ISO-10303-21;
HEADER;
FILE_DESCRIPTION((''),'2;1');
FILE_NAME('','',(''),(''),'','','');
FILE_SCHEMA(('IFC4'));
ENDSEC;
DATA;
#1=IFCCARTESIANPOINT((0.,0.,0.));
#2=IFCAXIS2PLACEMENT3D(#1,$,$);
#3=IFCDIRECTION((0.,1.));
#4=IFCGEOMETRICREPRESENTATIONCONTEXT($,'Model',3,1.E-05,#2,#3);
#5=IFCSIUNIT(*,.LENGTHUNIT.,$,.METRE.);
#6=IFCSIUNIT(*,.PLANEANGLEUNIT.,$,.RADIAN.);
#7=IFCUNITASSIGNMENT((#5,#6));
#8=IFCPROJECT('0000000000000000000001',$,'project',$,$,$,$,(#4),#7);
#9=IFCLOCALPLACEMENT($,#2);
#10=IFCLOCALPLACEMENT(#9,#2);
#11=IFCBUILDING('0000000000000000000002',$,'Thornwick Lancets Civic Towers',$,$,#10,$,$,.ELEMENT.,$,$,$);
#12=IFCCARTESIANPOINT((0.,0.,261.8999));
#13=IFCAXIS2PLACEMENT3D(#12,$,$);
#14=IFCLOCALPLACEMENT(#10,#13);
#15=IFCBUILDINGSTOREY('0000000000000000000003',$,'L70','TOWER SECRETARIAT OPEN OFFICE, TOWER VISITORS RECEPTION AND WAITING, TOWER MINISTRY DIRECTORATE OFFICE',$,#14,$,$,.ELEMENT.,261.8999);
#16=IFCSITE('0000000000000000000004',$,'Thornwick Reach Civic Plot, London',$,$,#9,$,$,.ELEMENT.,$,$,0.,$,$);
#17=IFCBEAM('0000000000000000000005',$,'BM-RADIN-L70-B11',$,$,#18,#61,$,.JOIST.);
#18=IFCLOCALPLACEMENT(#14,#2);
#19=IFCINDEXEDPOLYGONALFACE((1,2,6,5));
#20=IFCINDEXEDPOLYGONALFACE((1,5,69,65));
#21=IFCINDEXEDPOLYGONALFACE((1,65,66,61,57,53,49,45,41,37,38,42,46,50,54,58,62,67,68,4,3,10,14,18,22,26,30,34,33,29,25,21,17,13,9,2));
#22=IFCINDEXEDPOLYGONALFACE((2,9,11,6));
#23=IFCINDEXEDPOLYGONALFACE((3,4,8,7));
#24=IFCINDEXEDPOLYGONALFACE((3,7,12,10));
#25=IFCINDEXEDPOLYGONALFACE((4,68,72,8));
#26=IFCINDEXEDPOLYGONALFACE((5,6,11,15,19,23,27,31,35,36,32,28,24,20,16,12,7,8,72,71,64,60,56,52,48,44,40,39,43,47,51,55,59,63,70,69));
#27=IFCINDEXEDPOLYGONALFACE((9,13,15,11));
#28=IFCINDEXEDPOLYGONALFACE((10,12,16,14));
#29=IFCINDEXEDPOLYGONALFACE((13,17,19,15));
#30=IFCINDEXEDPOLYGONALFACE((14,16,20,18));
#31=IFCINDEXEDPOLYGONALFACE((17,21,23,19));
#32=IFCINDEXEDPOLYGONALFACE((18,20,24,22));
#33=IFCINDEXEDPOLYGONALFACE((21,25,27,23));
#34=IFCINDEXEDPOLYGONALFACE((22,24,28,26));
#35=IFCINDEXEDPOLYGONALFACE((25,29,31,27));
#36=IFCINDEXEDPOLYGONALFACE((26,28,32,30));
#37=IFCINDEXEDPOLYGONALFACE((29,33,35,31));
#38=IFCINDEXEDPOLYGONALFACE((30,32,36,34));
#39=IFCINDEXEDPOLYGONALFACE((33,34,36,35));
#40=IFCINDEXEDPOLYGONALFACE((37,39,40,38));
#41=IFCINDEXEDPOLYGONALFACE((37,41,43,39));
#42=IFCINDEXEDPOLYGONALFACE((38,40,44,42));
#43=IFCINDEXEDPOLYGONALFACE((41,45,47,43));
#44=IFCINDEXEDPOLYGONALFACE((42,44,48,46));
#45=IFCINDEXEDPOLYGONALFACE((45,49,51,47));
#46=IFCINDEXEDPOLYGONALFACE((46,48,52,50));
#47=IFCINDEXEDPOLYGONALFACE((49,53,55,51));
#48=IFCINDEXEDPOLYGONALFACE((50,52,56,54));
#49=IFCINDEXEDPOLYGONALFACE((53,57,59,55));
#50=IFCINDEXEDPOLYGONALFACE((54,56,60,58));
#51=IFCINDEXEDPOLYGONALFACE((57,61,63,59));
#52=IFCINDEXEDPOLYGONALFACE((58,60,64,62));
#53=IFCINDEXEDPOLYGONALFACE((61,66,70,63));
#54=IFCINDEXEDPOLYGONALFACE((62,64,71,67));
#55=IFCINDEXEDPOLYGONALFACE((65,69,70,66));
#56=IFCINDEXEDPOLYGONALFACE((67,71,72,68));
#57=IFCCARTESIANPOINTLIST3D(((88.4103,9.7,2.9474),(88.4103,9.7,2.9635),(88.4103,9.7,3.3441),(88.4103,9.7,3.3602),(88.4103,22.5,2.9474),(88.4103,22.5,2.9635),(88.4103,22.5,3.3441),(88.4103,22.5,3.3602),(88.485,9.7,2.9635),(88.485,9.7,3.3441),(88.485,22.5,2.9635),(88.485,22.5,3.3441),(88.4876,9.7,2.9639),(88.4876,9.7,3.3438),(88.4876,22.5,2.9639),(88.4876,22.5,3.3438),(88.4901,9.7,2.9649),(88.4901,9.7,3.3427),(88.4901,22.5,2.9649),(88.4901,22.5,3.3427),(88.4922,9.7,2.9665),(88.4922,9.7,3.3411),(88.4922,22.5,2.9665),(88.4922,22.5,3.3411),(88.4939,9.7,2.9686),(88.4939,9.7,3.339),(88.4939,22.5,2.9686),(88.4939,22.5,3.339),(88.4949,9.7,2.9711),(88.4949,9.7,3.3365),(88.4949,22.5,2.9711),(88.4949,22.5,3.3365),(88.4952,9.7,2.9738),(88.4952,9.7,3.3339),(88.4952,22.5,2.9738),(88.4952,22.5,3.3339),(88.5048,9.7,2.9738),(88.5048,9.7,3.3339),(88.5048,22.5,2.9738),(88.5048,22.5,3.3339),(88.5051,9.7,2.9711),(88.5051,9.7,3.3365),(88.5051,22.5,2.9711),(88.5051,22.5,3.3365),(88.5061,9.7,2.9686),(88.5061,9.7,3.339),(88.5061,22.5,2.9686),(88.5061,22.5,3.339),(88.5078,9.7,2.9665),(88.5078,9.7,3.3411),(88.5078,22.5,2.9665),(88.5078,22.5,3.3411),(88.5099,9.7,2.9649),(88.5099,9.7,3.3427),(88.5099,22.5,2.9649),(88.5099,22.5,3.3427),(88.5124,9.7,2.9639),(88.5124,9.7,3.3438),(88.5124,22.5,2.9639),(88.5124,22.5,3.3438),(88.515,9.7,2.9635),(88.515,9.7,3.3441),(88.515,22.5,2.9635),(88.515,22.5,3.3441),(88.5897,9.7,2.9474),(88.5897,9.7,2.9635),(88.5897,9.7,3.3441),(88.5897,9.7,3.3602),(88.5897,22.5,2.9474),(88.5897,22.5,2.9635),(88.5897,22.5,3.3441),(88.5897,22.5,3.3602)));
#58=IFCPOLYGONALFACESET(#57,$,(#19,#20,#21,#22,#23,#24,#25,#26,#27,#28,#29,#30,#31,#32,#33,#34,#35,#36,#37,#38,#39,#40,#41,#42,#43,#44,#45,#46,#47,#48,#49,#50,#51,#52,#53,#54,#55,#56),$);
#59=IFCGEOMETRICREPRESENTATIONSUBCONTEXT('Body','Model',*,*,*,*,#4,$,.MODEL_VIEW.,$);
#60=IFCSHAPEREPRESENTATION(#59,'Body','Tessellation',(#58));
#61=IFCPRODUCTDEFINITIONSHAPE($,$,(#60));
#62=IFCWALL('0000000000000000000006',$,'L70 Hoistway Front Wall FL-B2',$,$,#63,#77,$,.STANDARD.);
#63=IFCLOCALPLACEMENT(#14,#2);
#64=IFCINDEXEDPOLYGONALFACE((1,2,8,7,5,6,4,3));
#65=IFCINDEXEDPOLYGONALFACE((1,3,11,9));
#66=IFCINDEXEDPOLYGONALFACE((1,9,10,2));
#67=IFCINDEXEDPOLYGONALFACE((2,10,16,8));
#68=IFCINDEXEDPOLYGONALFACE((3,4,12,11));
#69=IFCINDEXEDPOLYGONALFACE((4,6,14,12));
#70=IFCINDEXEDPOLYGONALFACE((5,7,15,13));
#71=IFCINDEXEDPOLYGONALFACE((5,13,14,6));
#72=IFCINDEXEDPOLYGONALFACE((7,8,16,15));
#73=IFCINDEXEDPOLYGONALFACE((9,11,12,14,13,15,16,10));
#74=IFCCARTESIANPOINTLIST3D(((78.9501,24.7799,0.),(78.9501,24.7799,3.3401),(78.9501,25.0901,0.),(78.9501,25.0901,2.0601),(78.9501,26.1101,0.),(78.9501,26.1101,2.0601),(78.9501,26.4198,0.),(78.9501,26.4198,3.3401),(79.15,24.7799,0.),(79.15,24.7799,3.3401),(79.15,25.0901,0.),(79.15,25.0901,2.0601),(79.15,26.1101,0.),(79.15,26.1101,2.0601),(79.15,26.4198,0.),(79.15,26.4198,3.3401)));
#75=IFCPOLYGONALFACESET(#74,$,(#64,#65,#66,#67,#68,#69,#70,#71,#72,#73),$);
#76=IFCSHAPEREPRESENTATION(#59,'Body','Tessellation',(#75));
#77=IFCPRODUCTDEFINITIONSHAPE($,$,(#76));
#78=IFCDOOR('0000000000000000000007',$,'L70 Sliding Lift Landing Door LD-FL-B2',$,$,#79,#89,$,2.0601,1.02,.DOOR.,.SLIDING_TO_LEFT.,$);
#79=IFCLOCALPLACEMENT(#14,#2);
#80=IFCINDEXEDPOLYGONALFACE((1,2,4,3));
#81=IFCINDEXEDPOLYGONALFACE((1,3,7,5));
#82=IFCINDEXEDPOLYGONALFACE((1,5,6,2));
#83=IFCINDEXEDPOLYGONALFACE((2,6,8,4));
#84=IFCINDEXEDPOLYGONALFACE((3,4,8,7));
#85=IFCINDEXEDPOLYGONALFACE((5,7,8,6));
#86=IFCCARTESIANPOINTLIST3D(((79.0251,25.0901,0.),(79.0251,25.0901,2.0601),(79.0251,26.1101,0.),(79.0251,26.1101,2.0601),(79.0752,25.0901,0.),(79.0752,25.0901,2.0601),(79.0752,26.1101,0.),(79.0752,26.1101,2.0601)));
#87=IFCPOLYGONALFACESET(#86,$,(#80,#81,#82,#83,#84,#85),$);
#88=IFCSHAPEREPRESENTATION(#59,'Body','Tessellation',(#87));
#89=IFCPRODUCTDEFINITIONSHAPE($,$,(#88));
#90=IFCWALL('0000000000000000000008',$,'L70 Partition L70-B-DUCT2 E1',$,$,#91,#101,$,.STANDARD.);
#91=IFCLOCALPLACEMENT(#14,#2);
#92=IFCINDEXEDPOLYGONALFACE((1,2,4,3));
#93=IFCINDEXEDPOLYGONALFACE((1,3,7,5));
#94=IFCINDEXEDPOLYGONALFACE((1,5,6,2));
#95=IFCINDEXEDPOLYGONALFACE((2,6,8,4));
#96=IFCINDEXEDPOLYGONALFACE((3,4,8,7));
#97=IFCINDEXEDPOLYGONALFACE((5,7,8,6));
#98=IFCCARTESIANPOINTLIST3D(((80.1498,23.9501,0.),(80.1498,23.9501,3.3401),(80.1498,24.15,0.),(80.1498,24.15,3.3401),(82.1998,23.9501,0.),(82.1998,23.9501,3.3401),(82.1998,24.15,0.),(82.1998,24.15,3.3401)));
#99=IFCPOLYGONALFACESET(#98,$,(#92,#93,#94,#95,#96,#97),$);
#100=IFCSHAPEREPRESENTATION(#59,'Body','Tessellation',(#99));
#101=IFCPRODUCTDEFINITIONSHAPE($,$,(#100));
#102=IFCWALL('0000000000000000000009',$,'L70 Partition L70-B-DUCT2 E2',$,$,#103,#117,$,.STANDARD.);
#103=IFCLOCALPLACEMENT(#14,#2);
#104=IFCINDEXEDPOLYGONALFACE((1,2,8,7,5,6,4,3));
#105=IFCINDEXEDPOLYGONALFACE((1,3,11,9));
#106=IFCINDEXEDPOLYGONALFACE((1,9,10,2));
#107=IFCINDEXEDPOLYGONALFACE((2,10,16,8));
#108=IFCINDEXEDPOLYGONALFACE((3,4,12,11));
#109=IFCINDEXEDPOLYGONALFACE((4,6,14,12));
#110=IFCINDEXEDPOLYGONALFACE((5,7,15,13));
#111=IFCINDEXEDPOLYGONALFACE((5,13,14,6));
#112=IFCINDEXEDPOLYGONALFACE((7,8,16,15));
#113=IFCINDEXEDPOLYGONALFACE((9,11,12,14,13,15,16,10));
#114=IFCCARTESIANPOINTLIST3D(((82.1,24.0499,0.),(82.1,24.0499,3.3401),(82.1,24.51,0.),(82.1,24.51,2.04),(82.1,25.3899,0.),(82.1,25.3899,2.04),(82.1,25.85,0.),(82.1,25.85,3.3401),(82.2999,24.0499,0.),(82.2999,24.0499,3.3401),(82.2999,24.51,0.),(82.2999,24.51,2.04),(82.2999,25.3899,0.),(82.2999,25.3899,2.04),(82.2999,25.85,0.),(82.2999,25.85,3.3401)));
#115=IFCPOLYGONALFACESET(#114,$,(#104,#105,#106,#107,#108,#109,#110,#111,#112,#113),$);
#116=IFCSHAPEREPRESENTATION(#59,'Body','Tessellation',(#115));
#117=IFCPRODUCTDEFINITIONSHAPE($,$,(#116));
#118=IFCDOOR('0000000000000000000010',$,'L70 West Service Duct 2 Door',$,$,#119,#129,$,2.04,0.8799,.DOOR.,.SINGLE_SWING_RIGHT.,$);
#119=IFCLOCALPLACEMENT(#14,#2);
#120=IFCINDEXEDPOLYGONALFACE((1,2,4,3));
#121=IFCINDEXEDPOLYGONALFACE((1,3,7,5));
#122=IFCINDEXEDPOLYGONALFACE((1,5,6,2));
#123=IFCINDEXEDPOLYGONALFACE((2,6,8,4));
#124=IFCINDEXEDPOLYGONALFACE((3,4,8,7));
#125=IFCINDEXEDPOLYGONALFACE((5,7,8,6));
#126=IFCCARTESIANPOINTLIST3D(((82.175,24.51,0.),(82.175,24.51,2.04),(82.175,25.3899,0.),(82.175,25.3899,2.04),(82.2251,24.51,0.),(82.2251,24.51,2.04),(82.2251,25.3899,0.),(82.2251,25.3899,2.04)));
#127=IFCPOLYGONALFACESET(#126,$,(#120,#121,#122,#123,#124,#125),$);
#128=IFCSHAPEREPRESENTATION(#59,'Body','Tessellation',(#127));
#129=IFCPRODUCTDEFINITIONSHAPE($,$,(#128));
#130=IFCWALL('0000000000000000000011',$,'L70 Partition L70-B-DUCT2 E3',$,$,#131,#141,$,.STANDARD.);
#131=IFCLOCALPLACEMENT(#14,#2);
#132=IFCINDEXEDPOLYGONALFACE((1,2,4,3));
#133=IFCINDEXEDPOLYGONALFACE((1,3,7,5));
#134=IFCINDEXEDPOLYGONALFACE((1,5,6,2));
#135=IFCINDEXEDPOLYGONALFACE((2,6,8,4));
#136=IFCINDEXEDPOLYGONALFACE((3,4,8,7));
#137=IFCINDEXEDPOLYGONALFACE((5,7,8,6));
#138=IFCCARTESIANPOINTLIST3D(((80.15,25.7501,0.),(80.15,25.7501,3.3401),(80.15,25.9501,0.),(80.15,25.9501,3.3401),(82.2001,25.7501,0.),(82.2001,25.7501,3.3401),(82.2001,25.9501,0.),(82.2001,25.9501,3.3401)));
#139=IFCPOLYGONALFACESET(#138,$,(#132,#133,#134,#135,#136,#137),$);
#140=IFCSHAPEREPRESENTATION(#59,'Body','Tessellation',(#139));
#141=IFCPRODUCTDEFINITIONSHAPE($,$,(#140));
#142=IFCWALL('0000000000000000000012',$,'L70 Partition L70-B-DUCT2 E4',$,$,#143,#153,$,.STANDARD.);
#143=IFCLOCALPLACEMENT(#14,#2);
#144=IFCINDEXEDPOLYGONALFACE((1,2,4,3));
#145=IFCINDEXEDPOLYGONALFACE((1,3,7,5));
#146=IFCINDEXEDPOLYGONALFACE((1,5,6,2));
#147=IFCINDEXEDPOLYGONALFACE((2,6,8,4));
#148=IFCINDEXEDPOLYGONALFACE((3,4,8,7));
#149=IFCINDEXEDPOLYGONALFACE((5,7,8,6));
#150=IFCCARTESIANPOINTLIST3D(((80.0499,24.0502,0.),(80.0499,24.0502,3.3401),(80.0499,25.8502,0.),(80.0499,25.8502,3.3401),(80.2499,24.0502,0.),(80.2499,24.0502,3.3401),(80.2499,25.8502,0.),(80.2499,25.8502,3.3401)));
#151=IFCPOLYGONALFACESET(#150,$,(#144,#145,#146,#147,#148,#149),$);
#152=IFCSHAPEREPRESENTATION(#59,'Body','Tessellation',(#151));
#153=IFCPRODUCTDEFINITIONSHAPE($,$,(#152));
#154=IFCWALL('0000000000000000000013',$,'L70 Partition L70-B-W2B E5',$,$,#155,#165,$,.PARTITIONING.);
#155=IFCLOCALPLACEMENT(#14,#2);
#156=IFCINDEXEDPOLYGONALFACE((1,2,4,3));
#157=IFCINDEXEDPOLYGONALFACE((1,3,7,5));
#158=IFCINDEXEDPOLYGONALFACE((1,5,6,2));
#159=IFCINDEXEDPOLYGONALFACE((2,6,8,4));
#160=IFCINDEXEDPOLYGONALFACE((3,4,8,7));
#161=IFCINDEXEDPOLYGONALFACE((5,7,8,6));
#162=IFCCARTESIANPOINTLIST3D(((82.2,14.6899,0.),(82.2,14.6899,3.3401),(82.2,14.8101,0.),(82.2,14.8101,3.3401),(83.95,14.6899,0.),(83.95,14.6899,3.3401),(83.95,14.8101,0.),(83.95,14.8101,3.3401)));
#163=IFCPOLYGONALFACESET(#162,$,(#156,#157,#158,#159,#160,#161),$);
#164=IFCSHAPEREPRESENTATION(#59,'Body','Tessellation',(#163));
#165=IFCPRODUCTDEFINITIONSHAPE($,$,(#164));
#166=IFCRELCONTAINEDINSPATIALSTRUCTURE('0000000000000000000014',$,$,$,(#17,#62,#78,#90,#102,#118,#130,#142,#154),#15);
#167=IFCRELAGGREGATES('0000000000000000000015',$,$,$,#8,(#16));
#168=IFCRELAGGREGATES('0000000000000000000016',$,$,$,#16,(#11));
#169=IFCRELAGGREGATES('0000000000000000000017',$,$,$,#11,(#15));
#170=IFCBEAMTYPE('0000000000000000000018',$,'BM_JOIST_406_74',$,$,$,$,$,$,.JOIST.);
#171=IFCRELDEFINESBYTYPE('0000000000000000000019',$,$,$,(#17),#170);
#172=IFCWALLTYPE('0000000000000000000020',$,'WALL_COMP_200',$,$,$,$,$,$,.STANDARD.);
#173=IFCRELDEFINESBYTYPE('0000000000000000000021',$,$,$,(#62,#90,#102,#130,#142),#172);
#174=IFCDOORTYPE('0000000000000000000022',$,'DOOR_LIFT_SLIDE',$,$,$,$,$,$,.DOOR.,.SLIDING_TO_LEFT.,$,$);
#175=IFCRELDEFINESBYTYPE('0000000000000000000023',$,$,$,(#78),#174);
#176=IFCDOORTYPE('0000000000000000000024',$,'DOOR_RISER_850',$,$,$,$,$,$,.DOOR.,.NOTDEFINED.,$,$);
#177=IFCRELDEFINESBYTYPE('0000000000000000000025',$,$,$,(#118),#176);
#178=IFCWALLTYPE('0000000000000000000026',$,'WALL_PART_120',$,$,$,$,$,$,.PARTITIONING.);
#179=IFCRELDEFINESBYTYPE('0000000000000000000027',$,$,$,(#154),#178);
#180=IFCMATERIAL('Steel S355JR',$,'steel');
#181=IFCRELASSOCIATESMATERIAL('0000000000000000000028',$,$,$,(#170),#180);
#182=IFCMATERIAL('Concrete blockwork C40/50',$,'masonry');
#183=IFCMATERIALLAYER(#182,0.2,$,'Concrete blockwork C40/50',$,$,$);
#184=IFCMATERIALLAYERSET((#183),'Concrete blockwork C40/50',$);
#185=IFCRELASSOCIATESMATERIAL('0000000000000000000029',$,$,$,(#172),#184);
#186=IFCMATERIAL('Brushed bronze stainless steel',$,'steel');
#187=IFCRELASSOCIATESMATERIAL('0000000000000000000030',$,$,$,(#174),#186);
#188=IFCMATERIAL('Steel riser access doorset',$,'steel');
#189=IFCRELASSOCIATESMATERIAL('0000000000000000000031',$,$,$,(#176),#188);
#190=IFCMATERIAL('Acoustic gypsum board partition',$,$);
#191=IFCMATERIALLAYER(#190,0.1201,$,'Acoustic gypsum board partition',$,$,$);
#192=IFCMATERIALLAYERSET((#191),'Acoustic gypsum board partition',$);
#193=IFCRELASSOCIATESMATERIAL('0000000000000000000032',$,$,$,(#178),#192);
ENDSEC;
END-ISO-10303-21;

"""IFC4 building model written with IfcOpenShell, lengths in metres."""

from ifc_helpers import new_model, si_unit, direction, frame, frame_2d, origin, origin_2d, place, context, subcontext, project, spatial, rectangle, i_section, extrude, material, layer, layer_set, material_profile, profile_set, type_object, element, fill, save


model = new_model("IFC4")

# Units and contexts
model_context = context("Model", 3, precision=1e-05, world=origin(), true_north=direction((0.0, 1.0)))
body_context = subcontext(model_context, "Body", "Model", "MODEL_VIEW")
ifc_project = project(units=[si_unit("LENGTHUNIT", "METRE"), si_unit("PLANEANGLEUNIT", "RADIAN")], contexts=[model_context])

# Site, building, storey
site_placement = place(None, origin())
site = spatial("IfcSite", under=ifc_project, at=site_placement, Name="Thornwick Reach Civic Plot, London", CompositionType="ELEMENT", RefElevation=0.0)
building_placement = place(site_placement, origin())
building = spatial("IfcBuilding", under=site, at=building_placement, Name="Thornwick Lancets Civic Towers", CompositionType="ELEMENT")
storey_placement = place(building_placement, frame((0.0, 0.0, 261.8999)))
storey = spatial("IfcBuildingStorey", under=building, at=storey_placement, Name="L70", Description="TOWER SECRETARIAT OPEN OFFICE, TOWER VISITORS RECEPTION AND WAITING, TOWER MINISTRY DIRECTORATE OFFICE", CompositionType="ELEMENT", Elevation=261.8999)

# Beam
ifc_material_1 = material(Name="Steel S355JR", Category="steel")
ifc_material_profile_1 = material_profile(ifc_material_1, i_section(OverallWidth=0.1794, OverallDepth=0.4128, WebThickness=0.0095, FlangeThickness=0.0161, FilletRadius=0.0103, at=origin_2d()), Name="UKB 406x178x74")
ifc_profile_set_1 = profile_set([ifc_material_profile_1], Name="Steel S355JR")
beam_type_1 = type_object("IfcBeamType", Name="BM_JOIST_406_74", PredefinedType="JOIST", material=ifc_profile_set_1)
for number, where, z_axis, x_axis, name in (
    (1, (88.5, 22.5, 3.1538), (0.0, -1.0, 0.0), (1.0, 0.0, 0.0), "BM-RADIN-L70-B11"),
):
    element("IfcBeam", number, at=place(storey_placement, frame(where, z_axis=z_axis, x_axis=x_axis)), inside=storey, type_object=beam_type_1, Name=name, PredefinedType="JOIST", context=body_context, shape_type="SweptSolid", body=[
        extrude(i_section(OverallWidth=0.1794, OverallDepth=0.4128, WebThickness=0.0095, FlangeThickness=0.0161, FilletRadius=0.0103, at=origin_2d()), origin(), (0.0, 0.0, 1.0), 12.8),
    ])

# Wall, opening, door
ifc_material_2 = material(Name="Concrete blockwork C40/50", Category="masonry")
ifc_layer_1 = layer(ifc_material_2, 0.2, Name="Concrete blockwork C40/50")
ifc_layer_set_1 = layer_set([ifc_layer_1], Name="Concrete blockwork C40/50")
wall_type_1 = type_object("IfcWallType", Name="WALL_COMP_200", PredefinedType="STANDARD", material=ifc_layer_set_1)
wall_1_placement = place(storey_placement, frame((79.05, 24.78, 0.0), z_axis=(0.0, 0.0, 1.0), x_axis=(0.0, 1.0, 0.0)))
wall_1 = element("IfcWall", 2, at=wall_1_placement, inside=storey, type_object=wall_type_1, Name="L70 Hoistway Front Wall FL-B2", PredefinedType="STANDARD", context=body_context, shape_type="SweptSolid", body=[
    extrude(rectangle(XDim=1.6399, YDim=0.2, at=frame_2d((0.8198, 0.0))), origin(), (0.0, 0.0, 1.0), 3.3401),
])
opening_1_placement = place(wall_1_placement, frame((0.3101, 0.0, 0.0)))
opening_1 = element("IfcOpeningElement", 3, at=opening_1_placement, cuts=wall_1, PredefinedType="OPENING", context=body_context, shape_type="SweptSolid", body=[
    extrude(rectangle(XDim=1.02, YDim=2.0601, at=frame_2d((0.51, 1.03))), frame((0.0, 0.1099, 0.0), z_axis=(0.0, -1.0, 0.0), x_axis=(1.0, 0.0, 0.0)), (0.0, 0.0, 1.0), 0.22),
])
ifc_material_3 = material(Name="Brushed bronze stainless steel", Category="steel")
door_type_1 = type_object("IfcDoorType", Name="DOOR_LIFT_SLIDE", OperationType="SLIDING_TO_LEFT", PredefinedType="DOOR", material=ifc_material_3)
door_1_placement = place(opening_1_placement, origin())
door_1 = element("IfcDoor", 4, at=door_1_placement, inside=storey, type_object=door_type_1, Name="L70 Sliding Lift Landing Door LD-FL-B2", OperationType="SLIDING_TO_LEFT", OverallHeight=2.0601, OverallWidth=1.02, PredefinedType="DOOR", context=body_context, shape_type="SweptSolid", body=[
    extrude(rectangle(XDim=1.02, YDim=2.0601, at=frame_2d((0.51, 1.03))), frame((0.0, 0.0249, 0.0), z_axis=(0.0, -1.0, 0.0), x_axis=(1.0, 0.0, 0.0)), (0.0, 0.0, 1.0), 0.05),
])
fill(opening_1, door_1)

# Wall
wall_2_placement = place(storey_placement, frame((80.1499, 24.05, 0.0), z_axis=(0.0, 0.0, 1.0), x_axis=(1.0, 0.0, 0.0)))
element("IfcWall", 5, at=wall_2_placement, inside=storey, type_object=wall_type_1, Name="L70 Partition L70-B-DUCT2 E1", PredefinedType="STANDARD", context=body_context, shape_type="SweptSolid", body=[
    extrude(rectangle(XDim=2.05, YDim=0.2, at=frame_2d((1.0249, 0.0))), origin(), (0.0, 0.0, 1.0), 3.3401),
])

# Wall, opening, door
wall_3_placement = place(storey_placement, frame((82.2, 24.05, 0.0), z_axis=(0.0, 0.0, 1.0), x_axis=(0.0, 1.0, 0.0)))
wall_3 = element("IfcWall", 6, at=wall_3_placement, inside=storey, type_object=wall_type_1, Name="L70 Partition L70-B-DUCT2 E2", PredefinedType="STANDARD", context=body_context, shape_type="SweptSolid", body=[
    extrude(rectangle(XDim=1.8, YDim=0.2, at=frame_2d((0.8999, 0.0))), origin(), (0.0, 0.0, 1.0), 3.3401),
])
opening_2_placement = place(wall_3_placement, frame((0.46, 0.0, 0.0)))
opening_2 = element("IfcOpeningElement", 7, at=opening_2_placement, cuts=wall_3, PredefinedType="OPENING", context=body_context, shape_type="SweptSolid", body=[
    extrude(rectangle(XDim=0.8799, YDim=2.04, at=frame_2d((0.4399, 1.02))), frame((0.0, 0.1099, 0.0), z_axis=(0.0, -1.0, 0.0), x_axis=(1.0, 0.0, 0.0)), (0.0, 0.0, 1.0), 0.22),
])
ifc_material_4 = material(Name="Steel riser access doorset", Category="steel")
door_type_2 = type_object("IfcDoorType", Name="DOOR_RISER_850", OperationType="NOTDEFINED", PredefinedType="DOOR", material=ifc_material_4)
door_2_placement = place(opening_2_placement, origin())
door_2 = element("IfcDoor", 8, at=door_2_placement, inside=storey, type_object=door_type_2, Name="L70 West Service Duct 2 Door", OperationType="SINGLE_SWING_RIGHT", OverallHeight=2.04, OverallWidth=0.8799, PredefinedType="DOOR", context=body_context, shape_type="SweptSolid", body=[
    extrude(rectangle(XDim=0.8799, YDim=2.04, at=frame_2d((0.4399, 1.02))), frame((0.0, 0.0249, 0.0), z_axis=(0.0, -1.0, 0.0), x_axis=(1.0, 0.0, 0.0)), (0.0, 0.0, 1.0), 0.05),
])
fill(opening_2, door_2)

# Walls
wall_4_placement = place(storey_placement, frame((82.2, 25.8501, 0.0), z_axis=(0.0, 0.0, 1.0), x_axis=(-1.0, 0.0, 0.0)))
element("IfcWall", 9, at=wall_4_placement, inside=storey, type_object=wall_type_1, Name="L70 Partition L70-B-DUCT2 E3", PredefinedType="STANDARD", context=body_context, shape_type="SweptSolid", body=[
    extrude(rectangle(XDim=2.05, YDim=0.2, at=frame_2d((1.0249, 0.0))), origin(), (0.0, 0.0, 1.0), 3.3401),
])
wall_5_placement = place(storey_placement, frame((80.1499, 25.8501, 0.0), z_axis=(0.0, 0.0, 1.0), x_axis=(0.0, -1.0, 0.0)))
element("IfcWall", 10, at=wall_5_placement, inside=storey, type_object=wall_type_1, Name="L70 Partition L70-B-DUCT2 E4", PredefinedType="STANDARD", context=body_context, shape_type="SweptSolid", body=[
    extrude(rectangle(XDim=1.8, YDim=0.2, at=frame_2d((0.8999, 0.0))), origin(), (0.0, 0.0, 1.0), 3.3401),
])
ifc_material_5 = material(Name="Acoustic gypsum board partition")
ifc_layer_2 = layer(ifc_material_5, 0.1201, Name="Acoustic gypsum board partition")
ifc_layer_set_2 = layer_set([ifc_layer_2], Name="Acoustic gypsum board partition")
wall_type_2 = type_object("IfcWallType", Name="WALL_PART_120", PredefinedType="PARTITIONING", material=ifc_layer_set_2)
wall_6_placement = place(storey_placement, frame((82.2, 14.75, 0.0), z_axis=(0.0, 0.0, 1.0), x_axis=(1.0, 0.0, 0.0)))
element("IfcWall", 11, at=wall_6_placement, inside=storey, type_object=wall_type_2, Name="L70 Partition L70-B-W2B E5", PredefinedType="PARTITIONING", context=body_context, shape_type="SweptSolid", body=[
    extrude(rectangle(XDim=1.75, YDim=0.1201, at=frame_2d((0.875, 0.0))), origin(), (0.0, 0.0, 1.0), 3.3401),
])

save(model, "model.ifc")
